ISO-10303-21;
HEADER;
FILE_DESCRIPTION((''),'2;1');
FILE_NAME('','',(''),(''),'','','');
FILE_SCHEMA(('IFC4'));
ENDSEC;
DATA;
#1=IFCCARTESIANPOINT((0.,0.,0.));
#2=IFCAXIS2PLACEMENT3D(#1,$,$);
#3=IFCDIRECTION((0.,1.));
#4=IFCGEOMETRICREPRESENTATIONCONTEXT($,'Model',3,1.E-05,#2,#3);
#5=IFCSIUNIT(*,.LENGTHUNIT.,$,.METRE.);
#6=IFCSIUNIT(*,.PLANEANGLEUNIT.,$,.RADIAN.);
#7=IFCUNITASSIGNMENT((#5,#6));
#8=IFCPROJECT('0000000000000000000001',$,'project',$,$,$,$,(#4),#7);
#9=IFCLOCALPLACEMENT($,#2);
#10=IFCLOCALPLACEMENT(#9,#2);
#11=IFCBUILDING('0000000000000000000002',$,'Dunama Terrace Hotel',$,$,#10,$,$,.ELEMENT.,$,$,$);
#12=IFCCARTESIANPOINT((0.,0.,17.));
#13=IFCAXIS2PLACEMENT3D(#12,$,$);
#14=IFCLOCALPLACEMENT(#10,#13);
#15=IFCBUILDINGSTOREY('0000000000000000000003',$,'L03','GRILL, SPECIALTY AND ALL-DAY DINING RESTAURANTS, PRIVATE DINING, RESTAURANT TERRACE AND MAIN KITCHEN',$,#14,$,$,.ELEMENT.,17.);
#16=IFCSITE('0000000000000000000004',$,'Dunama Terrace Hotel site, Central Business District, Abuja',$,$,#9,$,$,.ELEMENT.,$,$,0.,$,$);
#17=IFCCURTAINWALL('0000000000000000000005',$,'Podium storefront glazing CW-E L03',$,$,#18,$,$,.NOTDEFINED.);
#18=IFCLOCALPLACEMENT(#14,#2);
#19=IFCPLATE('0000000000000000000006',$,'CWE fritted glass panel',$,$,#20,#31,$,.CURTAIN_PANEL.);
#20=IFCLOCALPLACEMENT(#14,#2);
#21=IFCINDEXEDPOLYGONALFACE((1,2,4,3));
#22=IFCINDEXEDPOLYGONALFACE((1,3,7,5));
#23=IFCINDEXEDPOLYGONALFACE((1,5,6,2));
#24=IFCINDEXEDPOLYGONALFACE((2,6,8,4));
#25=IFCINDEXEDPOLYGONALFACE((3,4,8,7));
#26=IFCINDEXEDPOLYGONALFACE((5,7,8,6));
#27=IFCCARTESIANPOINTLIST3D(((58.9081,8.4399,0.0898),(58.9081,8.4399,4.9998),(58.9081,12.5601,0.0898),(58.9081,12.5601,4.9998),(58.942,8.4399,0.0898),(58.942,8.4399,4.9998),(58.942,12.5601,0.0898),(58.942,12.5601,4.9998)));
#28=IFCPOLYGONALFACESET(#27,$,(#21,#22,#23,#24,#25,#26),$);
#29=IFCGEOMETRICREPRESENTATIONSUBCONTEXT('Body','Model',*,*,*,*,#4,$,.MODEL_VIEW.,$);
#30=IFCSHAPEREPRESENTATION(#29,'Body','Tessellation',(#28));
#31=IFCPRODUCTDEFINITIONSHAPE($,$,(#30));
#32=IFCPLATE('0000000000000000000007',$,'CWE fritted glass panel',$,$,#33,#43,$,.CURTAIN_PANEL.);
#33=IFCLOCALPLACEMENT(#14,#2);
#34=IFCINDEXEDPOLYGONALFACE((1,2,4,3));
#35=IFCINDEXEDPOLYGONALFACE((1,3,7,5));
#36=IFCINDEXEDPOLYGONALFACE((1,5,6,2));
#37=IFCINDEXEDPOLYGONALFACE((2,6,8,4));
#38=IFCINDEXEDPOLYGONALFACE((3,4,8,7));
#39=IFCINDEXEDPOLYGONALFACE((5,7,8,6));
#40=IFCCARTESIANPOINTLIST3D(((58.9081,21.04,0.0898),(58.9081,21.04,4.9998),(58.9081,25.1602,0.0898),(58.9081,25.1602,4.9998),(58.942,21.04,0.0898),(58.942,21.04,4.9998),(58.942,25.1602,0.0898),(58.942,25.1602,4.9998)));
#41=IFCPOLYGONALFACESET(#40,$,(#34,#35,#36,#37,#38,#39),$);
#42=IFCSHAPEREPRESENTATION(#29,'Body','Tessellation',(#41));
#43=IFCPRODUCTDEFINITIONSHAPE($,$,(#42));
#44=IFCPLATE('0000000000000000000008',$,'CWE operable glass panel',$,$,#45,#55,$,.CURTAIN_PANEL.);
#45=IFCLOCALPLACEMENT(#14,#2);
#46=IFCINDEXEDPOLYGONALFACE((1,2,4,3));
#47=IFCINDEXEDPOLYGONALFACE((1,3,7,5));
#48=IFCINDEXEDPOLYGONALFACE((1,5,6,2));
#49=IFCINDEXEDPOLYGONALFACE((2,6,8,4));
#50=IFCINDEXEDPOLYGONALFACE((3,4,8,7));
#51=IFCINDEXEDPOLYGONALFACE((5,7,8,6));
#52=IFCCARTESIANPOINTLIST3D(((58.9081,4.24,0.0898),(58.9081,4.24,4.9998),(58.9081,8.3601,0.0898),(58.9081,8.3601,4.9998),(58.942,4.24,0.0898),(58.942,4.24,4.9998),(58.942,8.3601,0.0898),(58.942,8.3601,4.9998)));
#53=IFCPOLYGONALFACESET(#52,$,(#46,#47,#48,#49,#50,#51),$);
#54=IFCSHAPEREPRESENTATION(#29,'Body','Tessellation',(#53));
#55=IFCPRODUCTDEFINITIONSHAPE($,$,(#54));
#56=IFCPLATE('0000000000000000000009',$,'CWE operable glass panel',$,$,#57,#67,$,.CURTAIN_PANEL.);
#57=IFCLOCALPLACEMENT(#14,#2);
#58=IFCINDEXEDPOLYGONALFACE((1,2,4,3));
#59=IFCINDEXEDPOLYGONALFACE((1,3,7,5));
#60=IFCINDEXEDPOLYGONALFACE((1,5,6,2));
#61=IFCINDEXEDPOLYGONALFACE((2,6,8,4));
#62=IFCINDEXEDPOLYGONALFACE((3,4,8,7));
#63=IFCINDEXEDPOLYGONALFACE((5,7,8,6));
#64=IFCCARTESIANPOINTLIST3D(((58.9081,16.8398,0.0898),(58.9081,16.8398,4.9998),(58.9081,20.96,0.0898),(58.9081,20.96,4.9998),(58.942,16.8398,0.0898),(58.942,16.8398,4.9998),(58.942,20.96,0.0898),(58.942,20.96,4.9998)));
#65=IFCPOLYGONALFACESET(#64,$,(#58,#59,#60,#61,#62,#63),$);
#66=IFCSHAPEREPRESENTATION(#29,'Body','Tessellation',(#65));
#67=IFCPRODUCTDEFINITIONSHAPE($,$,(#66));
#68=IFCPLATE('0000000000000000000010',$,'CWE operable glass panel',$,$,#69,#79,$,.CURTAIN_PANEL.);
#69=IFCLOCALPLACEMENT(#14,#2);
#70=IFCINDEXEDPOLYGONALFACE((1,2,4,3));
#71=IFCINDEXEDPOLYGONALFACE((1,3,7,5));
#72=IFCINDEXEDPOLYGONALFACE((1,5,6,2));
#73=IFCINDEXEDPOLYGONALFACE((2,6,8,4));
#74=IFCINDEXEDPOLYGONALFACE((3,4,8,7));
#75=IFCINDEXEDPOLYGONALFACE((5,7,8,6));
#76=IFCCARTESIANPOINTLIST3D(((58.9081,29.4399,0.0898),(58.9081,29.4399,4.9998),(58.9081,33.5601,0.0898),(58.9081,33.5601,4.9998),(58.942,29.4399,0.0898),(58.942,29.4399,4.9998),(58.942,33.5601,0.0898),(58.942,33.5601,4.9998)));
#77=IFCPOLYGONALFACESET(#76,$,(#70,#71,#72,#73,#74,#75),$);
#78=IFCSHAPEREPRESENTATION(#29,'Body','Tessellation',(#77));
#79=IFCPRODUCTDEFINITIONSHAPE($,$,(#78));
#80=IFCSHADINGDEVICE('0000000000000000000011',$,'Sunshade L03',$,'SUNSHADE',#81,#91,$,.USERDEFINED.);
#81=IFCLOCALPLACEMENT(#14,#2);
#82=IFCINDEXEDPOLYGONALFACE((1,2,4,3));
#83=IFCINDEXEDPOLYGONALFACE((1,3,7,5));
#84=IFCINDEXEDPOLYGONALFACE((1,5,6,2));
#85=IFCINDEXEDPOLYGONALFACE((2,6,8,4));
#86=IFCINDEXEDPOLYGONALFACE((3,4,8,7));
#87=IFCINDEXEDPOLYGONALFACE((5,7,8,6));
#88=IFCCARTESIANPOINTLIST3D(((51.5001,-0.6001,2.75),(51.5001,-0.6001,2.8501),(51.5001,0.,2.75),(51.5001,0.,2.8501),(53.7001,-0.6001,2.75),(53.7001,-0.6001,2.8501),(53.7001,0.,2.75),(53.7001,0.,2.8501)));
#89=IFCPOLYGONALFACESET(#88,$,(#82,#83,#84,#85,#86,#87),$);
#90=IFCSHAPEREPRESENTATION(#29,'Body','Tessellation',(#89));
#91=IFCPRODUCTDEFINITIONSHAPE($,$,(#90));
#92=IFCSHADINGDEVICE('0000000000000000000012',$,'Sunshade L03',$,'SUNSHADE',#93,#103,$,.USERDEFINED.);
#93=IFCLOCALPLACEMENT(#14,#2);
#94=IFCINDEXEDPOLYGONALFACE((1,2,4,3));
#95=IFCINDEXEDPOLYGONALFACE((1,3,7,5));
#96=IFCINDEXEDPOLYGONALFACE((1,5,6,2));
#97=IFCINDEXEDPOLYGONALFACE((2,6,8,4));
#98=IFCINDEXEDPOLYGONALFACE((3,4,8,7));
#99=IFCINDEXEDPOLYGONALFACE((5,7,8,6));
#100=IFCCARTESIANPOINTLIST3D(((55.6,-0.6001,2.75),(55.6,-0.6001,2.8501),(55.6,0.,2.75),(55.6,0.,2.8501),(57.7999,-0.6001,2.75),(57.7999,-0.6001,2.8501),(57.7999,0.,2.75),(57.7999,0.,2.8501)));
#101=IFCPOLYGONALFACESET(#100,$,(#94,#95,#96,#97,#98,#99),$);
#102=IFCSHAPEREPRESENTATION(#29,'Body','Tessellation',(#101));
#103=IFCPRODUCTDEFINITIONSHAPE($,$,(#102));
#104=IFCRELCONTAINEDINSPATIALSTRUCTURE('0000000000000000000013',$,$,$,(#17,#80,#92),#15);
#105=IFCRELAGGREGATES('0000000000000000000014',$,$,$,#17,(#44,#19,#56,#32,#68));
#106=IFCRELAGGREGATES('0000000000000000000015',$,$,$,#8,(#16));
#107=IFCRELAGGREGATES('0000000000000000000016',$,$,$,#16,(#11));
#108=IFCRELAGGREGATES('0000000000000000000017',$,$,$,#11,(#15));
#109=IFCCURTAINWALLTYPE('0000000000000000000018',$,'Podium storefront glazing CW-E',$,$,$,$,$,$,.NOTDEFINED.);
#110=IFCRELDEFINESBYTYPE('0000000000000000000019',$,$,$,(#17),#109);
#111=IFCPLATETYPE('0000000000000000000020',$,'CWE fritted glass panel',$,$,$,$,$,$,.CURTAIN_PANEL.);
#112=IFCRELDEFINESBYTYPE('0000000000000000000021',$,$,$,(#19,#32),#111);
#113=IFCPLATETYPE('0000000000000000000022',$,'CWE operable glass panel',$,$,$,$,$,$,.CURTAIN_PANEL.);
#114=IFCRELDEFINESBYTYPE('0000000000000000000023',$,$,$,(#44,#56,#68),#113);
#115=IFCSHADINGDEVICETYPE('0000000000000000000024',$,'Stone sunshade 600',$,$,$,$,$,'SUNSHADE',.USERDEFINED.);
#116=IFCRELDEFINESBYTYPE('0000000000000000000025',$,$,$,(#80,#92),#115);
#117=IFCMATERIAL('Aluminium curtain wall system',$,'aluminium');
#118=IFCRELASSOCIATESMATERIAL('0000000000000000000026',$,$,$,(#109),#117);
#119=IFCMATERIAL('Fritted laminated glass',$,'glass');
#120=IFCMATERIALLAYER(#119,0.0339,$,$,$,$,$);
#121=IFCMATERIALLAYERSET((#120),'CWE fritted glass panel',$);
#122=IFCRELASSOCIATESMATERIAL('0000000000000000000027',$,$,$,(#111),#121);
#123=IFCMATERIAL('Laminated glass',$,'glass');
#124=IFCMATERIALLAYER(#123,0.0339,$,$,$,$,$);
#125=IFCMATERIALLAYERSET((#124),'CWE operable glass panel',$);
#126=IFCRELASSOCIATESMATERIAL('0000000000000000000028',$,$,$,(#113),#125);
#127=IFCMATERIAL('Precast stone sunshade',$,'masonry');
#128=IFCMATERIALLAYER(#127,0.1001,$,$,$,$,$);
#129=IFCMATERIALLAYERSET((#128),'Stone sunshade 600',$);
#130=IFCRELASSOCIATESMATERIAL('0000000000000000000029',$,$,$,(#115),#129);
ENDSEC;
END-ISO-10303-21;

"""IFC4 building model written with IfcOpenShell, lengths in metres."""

from ifc_helpers import new_model, si_unit, direction, frame, origin, origin_2d, place, context, subcontext, project, spatial, rectangle, extrude, material, layer, layer_set, type_object, element, aggregate, save


model = new_model("IFC4")

# Units and contexts
model_context = context("Model", 3, precision=1e-05, world=origin(), true_north=direction((0.0, 1.0)))
body_context = subcontext(model_context, "Body", "Model", "MODEL_VIEW")
ifc_project = project(units=[si_unit("LENGTHUNIT", "METRE"), si_unit("PLANEANGLEUNIT", "RADIAN")], contexts=[model_context])

# Site, building, storey
site_placement = place(None, origin())
site = spatial("IfcSite", under=ifc_project, at=site_placement, Name="Dunama Terrace Hotel site, Central Business District, Abuja", CompositionType="ELEMENT", RefElevation=0.0)
building_placement = place(site_placement, origin())
building = spatial("IfcBuilding", under=site, at=building_placement, Name="Dunama Terrace Hotel", CompositionType="ELEMENT")
storey_placement = place(building_placement, frame((0.0, 0.0, 17.0)))
storey = spatial("IfcBuildingStorey", under=building, at=storey_placement, Name="L03", Description="GRILL, SPECIALTY AND ALL-DAY DINING RESTAURANTS, PRIVATE DINING, RESTAURANT TERRACE AND MAIN KITCHEN", CompositionType="ELEMENT", Elevation=17.0)

# Curtain wall, plates
ifc_material_1 = material(Name="Aluminium curtain wall system", Category="aluminium")
curtain_wall_type = type_object("IfcCurtainWallType", Name="Podium storefront glazing CW-E", PredefinedType="NOTDEFINED", material=ifc_material_1)
curtain_wall_placement = place(storey_placement, origin())
curtain_wall = element("IfcCurtainWall", 1, at=curtain_wall_placement, inside=storey, type_object=curtain_wall_type, Name="Podium storefront glazing CW-E L03", PredefinedType="NOTDEFINED")
ifc_material_2 = material(Name="Fritted laminated glass", Category="glass")
ifc_layer_1 = layer(ifc_material_2, 0.0339)
ifc_layer_set_1 = layer_set([ifc_layer_1], Name="CWE fritted glass panel")
plate_type_1 = type_object("IfcPlateType", Name="CWE fritted glass panel", PredefinedType="CURTAIN_PANEL", material=ifc_layer_set_1)
plate_1_placement = place(storey_placement, frame((58.925, 10.5, 0.0898), z_axis=(0.0, 0.0, 1.0), x_axis=(0.0, 1.0, 0.0)))
plate_1 = element("IfcPlate", 2, at=plate_1_placement, type_object=plate_type_1, Name="CWE fritted glass panel", PredefinedType="CURTAIN_PANEL", context=body_context, shape_type="SweptSolid", body=[
    extrude(rectangle(XDim=4.1201, YDim=0.0339, at=origin_2d()), origin(), (0.0, 0.0, 1.0), 4.9099),
])
plate_2_placement = place(storey_placement, frame((58.925, 23.1001, 0.0898), z_axis=(0.0, 0.0, 1.0), x_axis=(0.0, 1.0, 0.0)))
plate_2 = element("IfcPlate", 3, at=plate_2_placement, type_object=plate_type_1, Name="CWE fritted glass panel", PredefinedType="CURTAIN_PANEL", context=body_context, shape_type="SweptSolid", body=[
    extrude(rectangle(XDim=4.1201, YDim=0.0339, at=origin_2d()), origin(), (0.0, 0.0, 1.0), 4.9099),
])
ifc_material_3 = material(Name="Laminated glass", Category="glass")
ifc_layer_2 = layer(ifc_material_3, 0.0339)
ifc_layer_set_2 = layer_set([ifc_layer_2], Name="CWE operable glass panel")
plate_type_2 = type_object("IfcPlateType", Name="CWE operable glass panel", PredefinedType="CURTAIN_PANEL", material=ifc_layer_set_2)
plate_3_placement = place(storey_placement, frame((58.925, 6.3, 0.0898), z_axis=(0.0, 0.0, 1.0), x_axis=(0.0, 1.0, 0.0)))
plate_3 = element("IfcPlate", 4, at=plate_3_placement, type_object=plate_type_2, Name="CWE operable glass panel", PredefinedType="CURTAIN_PANEL", context=body_context, shape_type="SweptSolid", body=[
    extrude(rectangle(XDim=4.1201, YDim=0.0339, at=origin_2d()), origin(), (0.0, 0.0, 1.0), 4.9099),
])
plate_4_placement = place(storey_placement, frame((58.925, 18.8999, 0.0898), z_axis=(0.0, 0.0, 1.0), x_axis=(0.0, 1.0, 0.0)))
plate_4 = element("IfcPlate", 5, at=plate_4_placement, type_object=plate_type_2, Name="CWE operable glass panel", PredefinedType="CURTAIN_PANEL", context=body_context, shape_type="SweptSolid", body=[
    extrude(rectangle(XDim=4.1201, YDim=0.0339, at=origin_2d()), origin(), (0.0, 0.0, 1.0), 4.9099),
])
plate_5_placement = place(storey_placement, frame((58.925, 31.5, 0.0898), z_axis=(0.0, 0.0, 1.0), x_axis=(0.0, 1.0, 0.0)))
plate_5 = element("IfcPlate", 6, at=plate_5_placement, type_object=plate_type_2, Name="CWE operable glass panel", PredefinedType="CURTAIN_PANEL", context=body_context, shape_type="SweptSolid", body=[
    extrude(rectangle(XDim=4.1201, YDim=0.0339, at=origin_2d()), origin(), (0.0, 0.0, 1.0), 4.9099),
])
aggregate(curtain_wall, [plate_3, plate_1, plate_4, plate_2, plate_5])

# Shading devices
ifc_material_4 = material(Name="Precast stone sunshade", Category="masonry")
ifc_layer_3 = layer(ifc_material_4, 0.1001)
ifc_layer_set_3 = layer_set([ifc_layer_3], Name="Stone sunshade 600")
shading_device_type = type_object("IfcShadingDeviceType", Name="Stone sunshade 600", ElementType="SUNSHADE", PredefinedType="USERDEFINED", material=ifc_layer_set_3)
for number, where, z_axis, x_axis, name in (
    (7, (52.6001, -0.3, 2.75), (0.0, 0.0, 1.0), (1.0, 0.0, 0.0), "Sunshade L03"),
    (8, (56.7, -0.3, 2.75), (0.0, 0.0, 1.0), (1.0, 0.0, 0.0), "Sunshade L03"),
):
    element("IfcShadingDevice", number, at=place(storey_placement, frame(where, z_axis=z_axis, x_axis=x_axis)), inside=storey, type_object=shading_device_type, Name=name, ObjectType="SUNSHADE", PredefinedType="USERDEFINED", context=body_context, shape_type="SweptSolid", body=[
        extrude(rectangle(XDim=2.2, YDim=0.6001, at=origin_2d()), origin(), (0.0, 0.0, 1.0), 0.1001),
    ])

save(model, "model.ifc")
